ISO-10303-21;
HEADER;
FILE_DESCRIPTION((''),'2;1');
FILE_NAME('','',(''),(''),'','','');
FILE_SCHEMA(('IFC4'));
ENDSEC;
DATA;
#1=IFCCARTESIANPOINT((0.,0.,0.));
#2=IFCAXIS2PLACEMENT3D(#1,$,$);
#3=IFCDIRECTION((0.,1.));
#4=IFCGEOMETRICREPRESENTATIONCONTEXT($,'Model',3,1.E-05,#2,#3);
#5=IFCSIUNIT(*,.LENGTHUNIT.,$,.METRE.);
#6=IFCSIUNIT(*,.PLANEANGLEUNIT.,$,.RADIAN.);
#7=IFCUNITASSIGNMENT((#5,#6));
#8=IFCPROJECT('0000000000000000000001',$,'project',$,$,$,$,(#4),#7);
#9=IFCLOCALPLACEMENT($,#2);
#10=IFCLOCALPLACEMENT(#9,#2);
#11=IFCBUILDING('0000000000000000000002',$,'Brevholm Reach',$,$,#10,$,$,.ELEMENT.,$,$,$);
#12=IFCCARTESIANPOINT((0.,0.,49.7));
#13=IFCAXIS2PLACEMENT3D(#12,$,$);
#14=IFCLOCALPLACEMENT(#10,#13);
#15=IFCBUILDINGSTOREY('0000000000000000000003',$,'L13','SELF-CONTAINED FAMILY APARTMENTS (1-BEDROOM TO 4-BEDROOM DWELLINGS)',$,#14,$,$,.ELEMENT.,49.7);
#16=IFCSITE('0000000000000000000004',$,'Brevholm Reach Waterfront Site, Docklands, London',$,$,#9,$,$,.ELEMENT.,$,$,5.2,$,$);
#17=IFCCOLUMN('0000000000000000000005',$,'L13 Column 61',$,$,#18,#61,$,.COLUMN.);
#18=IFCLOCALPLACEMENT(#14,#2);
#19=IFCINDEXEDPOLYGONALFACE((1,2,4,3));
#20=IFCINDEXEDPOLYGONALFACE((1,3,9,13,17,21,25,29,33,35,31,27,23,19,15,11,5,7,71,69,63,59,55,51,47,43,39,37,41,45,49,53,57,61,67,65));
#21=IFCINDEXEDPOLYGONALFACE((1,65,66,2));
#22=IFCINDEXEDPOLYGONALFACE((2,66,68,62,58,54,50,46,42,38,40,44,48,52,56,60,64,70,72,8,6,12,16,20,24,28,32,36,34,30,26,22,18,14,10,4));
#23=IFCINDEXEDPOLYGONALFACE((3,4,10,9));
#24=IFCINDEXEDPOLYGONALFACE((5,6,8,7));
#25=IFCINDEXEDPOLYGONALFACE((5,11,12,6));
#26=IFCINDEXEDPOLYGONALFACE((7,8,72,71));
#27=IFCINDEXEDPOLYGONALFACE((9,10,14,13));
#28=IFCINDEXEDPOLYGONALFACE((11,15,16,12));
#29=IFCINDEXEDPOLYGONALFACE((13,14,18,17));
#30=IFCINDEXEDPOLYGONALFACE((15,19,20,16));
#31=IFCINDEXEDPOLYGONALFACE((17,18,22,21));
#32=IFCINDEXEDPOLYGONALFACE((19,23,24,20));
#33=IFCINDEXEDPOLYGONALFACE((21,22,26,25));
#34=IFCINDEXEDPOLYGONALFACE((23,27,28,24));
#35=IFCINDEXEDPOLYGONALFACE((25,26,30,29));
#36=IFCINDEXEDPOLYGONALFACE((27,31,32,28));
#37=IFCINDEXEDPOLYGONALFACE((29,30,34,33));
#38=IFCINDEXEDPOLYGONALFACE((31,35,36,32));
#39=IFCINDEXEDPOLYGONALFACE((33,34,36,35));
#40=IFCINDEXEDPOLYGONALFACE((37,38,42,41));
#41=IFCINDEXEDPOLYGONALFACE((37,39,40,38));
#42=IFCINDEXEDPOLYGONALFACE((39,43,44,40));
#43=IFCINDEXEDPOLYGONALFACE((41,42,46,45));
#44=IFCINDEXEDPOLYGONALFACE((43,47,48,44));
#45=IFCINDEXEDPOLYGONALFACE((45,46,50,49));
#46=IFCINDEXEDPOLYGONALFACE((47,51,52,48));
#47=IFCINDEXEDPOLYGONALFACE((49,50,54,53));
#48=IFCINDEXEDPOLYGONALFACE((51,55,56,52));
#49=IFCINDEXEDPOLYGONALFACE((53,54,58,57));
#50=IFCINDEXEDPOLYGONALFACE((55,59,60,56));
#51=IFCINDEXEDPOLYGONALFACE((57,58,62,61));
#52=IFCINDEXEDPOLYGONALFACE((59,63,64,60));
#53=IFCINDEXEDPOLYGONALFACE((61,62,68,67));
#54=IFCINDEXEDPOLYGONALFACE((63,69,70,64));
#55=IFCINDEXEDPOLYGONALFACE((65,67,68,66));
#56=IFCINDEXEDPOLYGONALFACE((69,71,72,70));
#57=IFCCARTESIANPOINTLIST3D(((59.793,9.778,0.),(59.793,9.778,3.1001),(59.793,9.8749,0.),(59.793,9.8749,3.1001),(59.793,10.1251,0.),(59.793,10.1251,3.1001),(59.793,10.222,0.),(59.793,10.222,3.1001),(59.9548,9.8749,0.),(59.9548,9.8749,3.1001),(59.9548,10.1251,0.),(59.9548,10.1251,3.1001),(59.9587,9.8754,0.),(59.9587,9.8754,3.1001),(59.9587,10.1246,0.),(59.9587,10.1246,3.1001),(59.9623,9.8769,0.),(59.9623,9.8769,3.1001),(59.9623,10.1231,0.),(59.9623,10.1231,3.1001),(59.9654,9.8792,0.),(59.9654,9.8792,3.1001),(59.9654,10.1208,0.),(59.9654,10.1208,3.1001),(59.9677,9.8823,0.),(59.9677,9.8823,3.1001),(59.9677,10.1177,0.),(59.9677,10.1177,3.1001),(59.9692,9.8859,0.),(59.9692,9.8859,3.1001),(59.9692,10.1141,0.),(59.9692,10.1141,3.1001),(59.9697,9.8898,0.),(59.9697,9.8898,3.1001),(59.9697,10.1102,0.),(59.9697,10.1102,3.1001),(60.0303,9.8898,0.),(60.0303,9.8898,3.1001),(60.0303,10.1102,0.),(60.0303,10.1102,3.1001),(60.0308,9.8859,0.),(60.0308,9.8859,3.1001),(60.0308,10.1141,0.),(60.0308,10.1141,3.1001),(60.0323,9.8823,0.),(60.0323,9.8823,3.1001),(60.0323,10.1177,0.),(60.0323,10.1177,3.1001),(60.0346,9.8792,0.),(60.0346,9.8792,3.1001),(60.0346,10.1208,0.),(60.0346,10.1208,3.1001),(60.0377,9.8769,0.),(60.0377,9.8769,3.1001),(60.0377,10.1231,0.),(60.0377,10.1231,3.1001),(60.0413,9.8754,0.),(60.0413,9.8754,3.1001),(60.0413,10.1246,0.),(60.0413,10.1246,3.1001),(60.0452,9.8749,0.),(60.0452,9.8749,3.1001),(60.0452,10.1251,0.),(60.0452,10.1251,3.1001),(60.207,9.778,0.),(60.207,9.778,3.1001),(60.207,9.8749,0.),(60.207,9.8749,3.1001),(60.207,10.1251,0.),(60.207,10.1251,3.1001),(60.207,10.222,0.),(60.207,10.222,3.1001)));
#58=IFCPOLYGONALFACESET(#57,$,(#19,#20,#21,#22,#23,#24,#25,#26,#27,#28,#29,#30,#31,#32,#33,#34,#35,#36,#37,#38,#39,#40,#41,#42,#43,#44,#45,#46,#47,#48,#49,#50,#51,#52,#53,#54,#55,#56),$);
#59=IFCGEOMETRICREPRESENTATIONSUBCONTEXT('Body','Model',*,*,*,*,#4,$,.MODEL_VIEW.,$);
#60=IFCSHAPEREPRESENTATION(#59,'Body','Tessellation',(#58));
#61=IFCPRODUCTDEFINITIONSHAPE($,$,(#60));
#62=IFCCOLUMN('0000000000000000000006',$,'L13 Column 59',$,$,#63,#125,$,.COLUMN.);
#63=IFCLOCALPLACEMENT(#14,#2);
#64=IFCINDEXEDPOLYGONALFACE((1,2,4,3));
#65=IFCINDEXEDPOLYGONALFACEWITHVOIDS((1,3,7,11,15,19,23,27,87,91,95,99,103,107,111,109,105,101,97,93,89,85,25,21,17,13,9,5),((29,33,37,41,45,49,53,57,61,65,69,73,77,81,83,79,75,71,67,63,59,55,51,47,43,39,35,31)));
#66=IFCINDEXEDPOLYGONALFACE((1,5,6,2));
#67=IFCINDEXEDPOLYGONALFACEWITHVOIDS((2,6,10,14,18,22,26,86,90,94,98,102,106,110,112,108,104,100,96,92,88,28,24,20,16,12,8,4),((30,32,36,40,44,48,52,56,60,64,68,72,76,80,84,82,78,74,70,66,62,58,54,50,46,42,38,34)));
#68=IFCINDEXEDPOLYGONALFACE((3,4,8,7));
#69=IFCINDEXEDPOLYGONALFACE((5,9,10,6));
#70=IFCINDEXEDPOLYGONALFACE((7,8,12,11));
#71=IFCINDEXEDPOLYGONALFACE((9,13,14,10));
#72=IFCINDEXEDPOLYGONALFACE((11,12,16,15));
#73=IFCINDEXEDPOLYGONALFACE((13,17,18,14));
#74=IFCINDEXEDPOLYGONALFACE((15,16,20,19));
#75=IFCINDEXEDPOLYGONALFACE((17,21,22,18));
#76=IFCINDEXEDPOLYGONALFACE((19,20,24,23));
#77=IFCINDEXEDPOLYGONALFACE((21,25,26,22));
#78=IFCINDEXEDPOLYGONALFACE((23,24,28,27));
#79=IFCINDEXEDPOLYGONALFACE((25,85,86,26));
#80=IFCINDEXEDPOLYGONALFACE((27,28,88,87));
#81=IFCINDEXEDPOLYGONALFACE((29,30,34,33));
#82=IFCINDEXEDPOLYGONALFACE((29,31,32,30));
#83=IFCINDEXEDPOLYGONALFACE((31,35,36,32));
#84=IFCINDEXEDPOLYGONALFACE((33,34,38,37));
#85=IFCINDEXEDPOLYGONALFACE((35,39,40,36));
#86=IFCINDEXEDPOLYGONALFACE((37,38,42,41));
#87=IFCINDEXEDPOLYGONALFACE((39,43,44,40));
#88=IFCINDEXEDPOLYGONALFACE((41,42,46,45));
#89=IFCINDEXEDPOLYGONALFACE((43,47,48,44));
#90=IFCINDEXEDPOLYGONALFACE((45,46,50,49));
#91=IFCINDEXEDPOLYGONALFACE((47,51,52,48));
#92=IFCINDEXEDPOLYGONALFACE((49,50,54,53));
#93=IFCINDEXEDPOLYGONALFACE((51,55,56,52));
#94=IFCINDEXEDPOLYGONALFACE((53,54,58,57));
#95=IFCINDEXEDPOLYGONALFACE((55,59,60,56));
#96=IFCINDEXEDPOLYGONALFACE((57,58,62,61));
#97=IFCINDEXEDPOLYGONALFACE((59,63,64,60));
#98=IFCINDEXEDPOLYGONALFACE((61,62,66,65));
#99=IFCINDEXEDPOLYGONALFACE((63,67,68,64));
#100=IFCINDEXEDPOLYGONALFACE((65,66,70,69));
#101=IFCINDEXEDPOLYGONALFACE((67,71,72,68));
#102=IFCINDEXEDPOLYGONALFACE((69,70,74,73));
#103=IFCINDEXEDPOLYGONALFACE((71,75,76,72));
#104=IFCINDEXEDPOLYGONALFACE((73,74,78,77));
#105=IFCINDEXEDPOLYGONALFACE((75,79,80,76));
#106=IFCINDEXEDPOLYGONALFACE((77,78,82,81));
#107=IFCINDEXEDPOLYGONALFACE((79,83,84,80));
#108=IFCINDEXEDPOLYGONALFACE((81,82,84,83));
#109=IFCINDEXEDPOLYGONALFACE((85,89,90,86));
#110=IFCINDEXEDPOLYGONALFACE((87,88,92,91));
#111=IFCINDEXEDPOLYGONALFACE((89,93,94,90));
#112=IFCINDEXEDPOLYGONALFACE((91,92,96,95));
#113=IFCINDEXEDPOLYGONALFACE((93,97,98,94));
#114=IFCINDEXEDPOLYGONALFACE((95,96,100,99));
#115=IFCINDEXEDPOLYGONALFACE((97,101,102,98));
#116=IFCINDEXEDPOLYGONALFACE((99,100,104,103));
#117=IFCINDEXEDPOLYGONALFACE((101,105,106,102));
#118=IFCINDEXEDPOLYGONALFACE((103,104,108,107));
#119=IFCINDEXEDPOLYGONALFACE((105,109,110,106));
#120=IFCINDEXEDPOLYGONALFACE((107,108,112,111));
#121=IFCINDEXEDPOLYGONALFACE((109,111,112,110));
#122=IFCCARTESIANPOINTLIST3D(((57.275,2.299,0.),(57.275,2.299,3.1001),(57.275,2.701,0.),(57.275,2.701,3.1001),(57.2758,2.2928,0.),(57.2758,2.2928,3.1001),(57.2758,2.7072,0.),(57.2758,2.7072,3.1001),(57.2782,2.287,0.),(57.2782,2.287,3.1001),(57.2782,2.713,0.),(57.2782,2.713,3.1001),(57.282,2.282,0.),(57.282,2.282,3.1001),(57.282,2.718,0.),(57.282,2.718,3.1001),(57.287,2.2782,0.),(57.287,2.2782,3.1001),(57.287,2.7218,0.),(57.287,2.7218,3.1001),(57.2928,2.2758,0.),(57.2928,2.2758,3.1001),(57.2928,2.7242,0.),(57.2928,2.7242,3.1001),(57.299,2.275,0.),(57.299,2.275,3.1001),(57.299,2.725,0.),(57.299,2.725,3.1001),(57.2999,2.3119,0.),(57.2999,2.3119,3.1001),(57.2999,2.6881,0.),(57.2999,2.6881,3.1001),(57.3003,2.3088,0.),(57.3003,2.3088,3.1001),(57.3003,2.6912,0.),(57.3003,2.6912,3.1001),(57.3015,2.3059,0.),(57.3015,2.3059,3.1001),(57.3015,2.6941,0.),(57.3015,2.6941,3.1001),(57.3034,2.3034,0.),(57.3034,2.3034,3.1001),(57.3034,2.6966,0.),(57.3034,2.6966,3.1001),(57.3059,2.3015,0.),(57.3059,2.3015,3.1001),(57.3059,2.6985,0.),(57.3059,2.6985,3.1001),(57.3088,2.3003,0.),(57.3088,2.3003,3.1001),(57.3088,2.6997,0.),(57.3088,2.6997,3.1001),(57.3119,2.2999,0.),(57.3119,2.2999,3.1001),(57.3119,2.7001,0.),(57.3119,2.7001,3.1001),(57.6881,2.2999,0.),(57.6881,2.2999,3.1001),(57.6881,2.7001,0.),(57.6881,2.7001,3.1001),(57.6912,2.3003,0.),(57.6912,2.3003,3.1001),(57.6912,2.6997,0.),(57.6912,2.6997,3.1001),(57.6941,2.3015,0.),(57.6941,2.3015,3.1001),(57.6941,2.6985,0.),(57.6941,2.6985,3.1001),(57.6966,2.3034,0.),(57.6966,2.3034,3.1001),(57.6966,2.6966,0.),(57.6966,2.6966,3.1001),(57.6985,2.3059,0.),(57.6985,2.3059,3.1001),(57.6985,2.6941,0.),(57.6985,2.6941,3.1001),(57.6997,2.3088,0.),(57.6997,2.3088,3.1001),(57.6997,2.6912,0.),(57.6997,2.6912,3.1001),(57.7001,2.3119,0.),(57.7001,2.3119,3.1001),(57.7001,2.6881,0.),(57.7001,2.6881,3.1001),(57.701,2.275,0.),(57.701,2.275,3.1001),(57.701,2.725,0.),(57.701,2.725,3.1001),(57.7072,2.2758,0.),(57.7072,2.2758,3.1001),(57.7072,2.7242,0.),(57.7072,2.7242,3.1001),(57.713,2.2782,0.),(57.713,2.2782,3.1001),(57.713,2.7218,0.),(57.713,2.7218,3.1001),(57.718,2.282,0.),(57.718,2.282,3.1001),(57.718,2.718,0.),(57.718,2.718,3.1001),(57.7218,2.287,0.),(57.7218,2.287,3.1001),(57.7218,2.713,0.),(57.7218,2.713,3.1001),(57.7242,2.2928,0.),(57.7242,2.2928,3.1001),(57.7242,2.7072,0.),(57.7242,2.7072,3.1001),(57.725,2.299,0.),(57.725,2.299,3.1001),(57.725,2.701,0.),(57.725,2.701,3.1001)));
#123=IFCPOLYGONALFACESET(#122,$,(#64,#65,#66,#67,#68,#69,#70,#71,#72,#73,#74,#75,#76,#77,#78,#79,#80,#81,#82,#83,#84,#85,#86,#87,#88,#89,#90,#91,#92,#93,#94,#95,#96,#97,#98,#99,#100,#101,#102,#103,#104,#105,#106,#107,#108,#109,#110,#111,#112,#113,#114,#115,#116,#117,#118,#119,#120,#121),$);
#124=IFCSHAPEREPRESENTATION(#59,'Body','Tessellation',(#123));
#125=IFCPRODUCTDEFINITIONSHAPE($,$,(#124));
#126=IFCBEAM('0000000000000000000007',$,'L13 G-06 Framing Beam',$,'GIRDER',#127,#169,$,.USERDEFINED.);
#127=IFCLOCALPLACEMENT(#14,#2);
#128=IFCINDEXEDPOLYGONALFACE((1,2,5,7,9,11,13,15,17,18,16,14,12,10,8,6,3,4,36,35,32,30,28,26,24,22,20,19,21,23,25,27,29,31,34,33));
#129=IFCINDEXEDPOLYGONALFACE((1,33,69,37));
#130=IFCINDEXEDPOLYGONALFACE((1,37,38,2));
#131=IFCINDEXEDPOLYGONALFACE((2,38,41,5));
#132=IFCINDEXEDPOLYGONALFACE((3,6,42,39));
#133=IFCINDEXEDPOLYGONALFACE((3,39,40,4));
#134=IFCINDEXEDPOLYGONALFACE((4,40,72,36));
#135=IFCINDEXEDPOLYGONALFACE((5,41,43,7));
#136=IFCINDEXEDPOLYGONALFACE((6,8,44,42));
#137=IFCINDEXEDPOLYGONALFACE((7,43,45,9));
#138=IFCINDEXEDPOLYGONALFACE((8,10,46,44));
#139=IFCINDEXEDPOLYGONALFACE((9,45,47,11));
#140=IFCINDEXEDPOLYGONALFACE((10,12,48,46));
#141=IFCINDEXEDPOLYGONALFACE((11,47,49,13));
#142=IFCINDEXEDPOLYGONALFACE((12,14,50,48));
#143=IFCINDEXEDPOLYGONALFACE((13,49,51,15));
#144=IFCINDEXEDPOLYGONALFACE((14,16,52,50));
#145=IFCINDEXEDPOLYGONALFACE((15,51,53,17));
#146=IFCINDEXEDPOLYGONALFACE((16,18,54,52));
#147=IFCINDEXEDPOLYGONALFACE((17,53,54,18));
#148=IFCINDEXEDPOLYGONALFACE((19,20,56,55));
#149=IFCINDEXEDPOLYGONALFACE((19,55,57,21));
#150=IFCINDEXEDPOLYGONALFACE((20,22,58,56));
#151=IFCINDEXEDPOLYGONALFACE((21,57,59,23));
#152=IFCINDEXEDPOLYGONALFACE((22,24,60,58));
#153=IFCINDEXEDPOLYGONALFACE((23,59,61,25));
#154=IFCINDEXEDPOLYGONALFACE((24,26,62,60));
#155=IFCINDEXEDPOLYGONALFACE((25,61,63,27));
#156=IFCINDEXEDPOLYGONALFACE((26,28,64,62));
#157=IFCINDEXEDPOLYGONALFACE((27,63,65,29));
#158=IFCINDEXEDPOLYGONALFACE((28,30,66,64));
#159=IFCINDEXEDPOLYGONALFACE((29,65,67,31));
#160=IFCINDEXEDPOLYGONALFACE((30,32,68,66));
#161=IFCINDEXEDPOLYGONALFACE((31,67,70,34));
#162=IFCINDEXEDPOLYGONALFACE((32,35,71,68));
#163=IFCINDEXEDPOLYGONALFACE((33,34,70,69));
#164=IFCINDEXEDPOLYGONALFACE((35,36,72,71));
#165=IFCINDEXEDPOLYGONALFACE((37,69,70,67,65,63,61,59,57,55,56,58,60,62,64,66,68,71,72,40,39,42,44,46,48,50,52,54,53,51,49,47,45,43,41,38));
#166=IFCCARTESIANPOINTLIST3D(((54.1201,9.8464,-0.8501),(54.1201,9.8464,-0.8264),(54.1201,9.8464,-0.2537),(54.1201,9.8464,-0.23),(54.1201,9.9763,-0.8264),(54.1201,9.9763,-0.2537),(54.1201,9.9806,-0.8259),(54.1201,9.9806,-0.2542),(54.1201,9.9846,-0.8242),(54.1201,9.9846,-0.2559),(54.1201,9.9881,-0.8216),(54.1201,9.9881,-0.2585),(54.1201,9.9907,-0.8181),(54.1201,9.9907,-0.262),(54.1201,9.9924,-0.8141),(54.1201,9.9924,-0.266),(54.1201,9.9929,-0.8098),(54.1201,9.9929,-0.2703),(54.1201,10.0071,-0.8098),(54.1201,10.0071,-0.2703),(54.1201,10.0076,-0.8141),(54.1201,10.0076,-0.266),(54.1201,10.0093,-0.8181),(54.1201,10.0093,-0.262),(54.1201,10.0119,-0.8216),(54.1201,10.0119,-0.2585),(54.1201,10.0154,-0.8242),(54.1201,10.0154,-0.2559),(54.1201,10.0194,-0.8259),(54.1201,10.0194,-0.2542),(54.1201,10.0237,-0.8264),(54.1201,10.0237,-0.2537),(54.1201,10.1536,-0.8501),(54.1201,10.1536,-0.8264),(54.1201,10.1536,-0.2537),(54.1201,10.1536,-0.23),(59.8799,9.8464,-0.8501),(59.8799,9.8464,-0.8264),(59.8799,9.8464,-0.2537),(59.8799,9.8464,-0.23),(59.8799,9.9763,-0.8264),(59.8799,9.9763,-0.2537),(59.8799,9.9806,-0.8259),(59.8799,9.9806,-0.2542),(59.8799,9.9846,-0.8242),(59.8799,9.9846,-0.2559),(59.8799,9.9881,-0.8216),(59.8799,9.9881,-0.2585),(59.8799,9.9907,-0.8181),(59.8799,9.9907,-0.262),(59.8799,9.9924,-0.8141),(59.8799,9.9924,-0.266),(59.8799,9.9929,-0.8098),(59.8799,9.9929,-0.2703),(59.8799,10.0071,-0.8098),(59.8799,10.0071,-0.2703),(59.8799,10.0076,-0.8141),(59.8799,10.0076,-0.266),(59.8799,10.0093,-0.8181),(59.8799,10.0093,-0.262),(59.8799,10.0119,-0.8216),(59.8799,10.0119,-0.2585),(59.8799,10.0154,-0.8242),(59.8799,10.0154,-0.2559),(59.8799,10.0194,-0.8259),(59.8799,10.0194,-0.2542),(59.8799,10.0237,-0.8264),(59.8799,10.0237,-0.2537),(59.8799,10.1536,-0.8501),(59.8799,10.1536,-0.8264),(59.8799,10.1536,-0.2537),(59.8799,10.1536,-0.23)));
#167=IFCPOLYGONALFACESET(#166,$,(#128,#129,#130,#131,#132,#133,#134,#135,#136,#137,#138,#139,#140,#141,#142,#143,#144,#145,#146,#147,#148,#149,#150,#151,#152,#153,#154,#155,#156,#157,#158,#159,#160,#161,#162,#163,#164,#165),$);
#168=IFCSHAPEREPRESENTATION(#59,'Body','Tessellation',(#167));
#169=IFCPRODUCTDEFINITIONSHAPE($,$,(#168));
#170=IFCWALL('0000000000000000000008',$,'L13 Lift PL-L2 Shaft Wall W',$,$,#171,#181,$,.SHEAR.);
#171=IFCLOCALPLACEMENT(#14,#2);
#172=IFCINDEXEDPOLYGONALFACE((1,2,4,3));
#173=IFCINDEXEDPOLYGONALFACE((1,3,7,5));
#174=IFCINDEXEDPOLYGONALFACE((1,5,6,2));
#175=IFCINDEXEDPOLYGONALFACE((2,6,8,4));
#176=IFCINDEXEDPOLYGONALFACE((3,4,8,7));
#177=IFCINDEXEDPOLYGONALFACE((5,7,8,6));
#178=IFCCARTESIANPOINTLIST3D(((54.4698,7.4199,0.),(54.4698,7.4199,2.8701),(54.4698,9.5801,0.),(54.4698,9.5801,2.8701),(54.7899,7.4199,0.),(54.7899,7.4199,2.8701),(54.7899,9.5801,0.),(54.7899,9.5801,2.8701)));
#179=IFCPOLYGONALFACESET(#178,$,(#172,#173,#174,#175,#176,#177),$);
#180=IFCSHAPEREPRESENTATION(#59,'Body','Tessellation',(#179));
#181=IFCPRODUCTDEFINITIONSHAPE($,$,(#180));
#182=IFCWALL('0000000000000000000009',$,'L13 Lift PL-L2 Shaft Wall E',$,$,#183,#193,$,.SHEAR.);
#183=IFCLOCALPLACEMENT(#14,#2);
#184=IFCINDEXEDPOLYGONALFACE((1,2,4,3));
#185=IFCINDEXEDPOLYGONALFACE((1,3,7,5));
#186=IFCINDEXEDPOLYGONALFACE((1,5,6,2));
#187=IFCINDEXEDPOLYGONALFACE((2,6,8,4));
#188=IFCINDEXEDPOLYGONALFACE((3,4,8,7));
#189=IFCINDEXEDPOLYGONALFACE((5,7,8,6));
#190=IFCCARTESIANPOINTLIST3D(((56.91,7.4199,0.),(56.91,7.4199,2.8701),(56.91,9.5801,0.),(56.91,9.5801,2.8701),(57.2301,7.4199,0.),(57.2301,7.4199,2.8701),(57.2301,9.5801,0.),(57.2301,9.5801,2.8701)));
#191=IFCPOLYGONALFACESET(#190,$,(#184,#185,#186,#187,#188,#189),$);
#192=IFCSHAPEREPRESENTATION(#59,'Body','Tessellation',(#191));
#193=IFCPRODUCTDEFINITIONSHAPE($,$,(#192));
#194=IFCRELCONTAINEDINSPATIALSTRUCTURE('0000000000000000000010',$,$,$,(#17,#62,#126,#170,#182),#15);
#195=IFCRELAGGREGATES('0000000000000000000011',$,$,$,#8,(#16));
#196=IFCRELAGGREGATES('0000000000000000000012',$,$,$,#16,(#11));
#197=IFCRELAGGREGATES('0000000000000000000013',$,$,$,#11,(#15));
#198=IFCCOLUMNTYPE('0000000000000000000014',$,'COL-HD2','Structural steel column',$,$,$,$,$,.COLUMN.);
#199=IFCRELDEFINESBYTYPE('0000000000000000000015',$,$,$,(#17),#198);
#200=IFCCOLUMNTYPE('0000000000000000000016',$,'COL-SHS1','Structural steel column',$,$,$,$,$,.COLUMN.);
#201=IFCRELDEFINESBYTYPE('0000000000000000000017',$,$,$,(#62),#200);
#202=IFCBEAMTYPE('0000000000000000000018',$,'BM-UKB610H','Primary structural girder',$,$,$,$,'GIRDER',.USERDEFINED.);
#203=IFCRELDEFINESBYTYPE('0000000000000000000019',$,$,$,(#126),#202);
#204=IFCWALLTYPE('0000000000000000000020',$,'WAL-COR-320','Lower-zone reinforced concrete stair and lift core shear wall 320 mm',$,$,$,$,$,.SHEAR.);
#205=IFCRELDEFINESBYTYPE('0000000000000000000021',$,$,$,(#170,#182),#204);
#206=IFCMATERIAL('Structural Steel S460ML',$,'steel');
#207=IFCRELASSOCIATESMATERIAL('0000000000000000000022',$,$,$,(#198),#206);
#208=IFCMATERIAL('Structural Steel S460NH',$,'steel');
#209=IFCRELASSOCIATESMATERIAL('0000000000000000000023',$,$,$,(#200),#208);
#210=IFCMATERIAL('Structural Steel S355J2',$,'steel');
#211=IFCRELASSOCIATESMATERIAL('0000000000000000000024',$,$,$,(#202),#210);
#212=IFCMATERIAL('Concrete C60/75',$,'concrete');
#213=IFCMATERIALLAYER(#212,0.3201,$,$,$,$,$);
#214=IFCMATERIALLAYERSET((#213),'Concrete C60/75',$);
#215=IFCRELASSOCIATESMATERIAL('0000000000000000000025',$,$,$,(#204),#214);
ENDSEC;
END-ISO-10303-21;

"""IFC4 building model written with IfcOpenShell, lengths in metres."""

from ifc_helpers import new_model, si_unit, direction, frame, frame_2d, origin, origin_2d, place, context, subcontext, project, spatial, rectangle, hollow_rectangle, i_section, extrude, material, layer, layer_set, material_profile, profile_set, type_object, element, save


model = new_model("IFC4")

# Units and contexts
model_context = context("Model", 3, precision=1e-05, world=origin(), true_north=direction((0.0, 1.0)))
body_context = subcontext(model_context, "Body", "Model", "MODEL_VIEW")
ifc_project = project(units=[si_unit("LENGTHUNIT", "METRE"), si_unit("PLANEANGLEUNIT", "RADIAN")], contexts=[model_context])

# Site, building, storey
site_placement = place(None, origin())
site = spatial("IfcSite", under=ifc_project, at=site_placement, Name="Brevholm Reach Waterfront Site, Docklands, London", CompositionType="ELEMENT", RefElevation=5.2)
building_placement = place(site_placement, origin())
building = spatial("IfcBuilding", under=site, at=building_placement, Name="Brevholm Reach", CompositionType="ELEMENT")
storey_placement = place(building_placement, frame((0.0, 0.0, 49.7)))
storey = spatial("IfcBuildingStorey", under=building, at=storey_placement, Name="L13", Description="SELF-CONTAINED FAMILY APARTMENTS (1-BEDROOM TO 4-BEDROOM DWELLINGS)", CompositionType="ELEMENT", Elevation=49.7)

# Columns
ifc_material_1 = material(Name="Structural Steel S460ML", Category="steel")
ifc_material_profile_1 = material_profile(ifc_material_1, i_section(OverallWidth=0.4141, OverallDepth=0.4441, WebThickness=0.0605, FlangeThickness=0.0969, FilletRadius=0.0149, at=origin_2d()), Name="HD 400x818")
ifc_profile_set_1 = profile_set([ifc_material_profile_1], Name="Structural Steel S460ML")
column_type_1 = type_object("IfcColumnType", Name="COL-HD2", Description="Structural steel column", PredefinedType="COLUMN", material=ifc_profile_set_1)
column_1_placement = place(storey_placement, frame((60.0, 10.0, 0.0), z_axis=(0.0, 0.0, 1.0), x_axis=(1.0, 0.0, 0.0)))
element("IfcColumn", 1, at=column_1_placement, inside=storey, type_object=column_type_1, Name="L13 Column 61", PredefinedType="COLUMN", context=body_context, shape_type="SweptSolid", body=[
    extrude(i_section(OverallWidth=0.4141, OverallDepth=0.4441, WebThickness=0.0605, FlangeThickness=0.0969, FilletRadius=0.0149, at=origin_2d()), origin(), (0.0, 0.0, 1.0), 3.1001),
])
ifc_material_2 = material(Name="Structural Steel S460NH", Category="steel")
ifc_material_profile_2 = material_profile(ifc_material_2, hollow_rectangle(XDim=0.45, YDim=0.45, WallThickness=0.0249, InnerFilletRadius=0.012, OuterFilletRadius=0.0239, at=origin_2d()), Name="SHS 450x450x25")
ifc_profile_set_2 = profile_set([ifc_material_profile_2], Name="Structural Steel S460NH")
column_type_2 = type_object("IfcColumnType", Name="COL-SHS1", Description="Structural steel column", PredefinedType="COLUMN", material=ifc_profile_set_2)
column_2_placement = place(storey_placement, frame((57.5, 2.5, 0.0), z_axis=(0.0, 0.0, 1.0), x_axis=(1.0, 0.0, 0.0)))
element("IfcColumn", 2, at=column_2_placement, inside=storey, type_object=column_type_2, Name="L13 Column 59", PredefinedType="COLUMN", context=body_context, shape_type="SweptSolid", body=[
    extrude(hollow_rectangle(XDim=0.45, YDim=0.45, WallThickness=0.0249, InnerFilletRadius=0.012, OuterFilletRadius=0.0239, at=origin_2d()), origin(), (0.0, 0.0, 1.0), 3.1001),
])

# Beam
ifc_material_3 = material(Name="Structural Steel S355J2", Category="steel")
ifc_material_profile_3 = material_profile(ifc_material_3, i_section(OverallWidth=0.3071, OverallDepth=0.6201, WebThickness=0.0142, FlangeThickness=0.0237, FilletRadius=0.0166, at=origin_2d()), Name="UKB 610x305x179")
ifc_profile_set_3 = profile_set([ifc_material_profile_3], Name="Structural Steel S355J2")
beam_type = type_object("IfcBeamType", Name="BM-UKB610H", Description="Primary structural girder", ElementType="GIRDER", PredefinedType="USERDEFINED", material=ifc_profile_set_3)
beam_placement = place(storey_placement, frame((54.1201, 10.0, -0.54), z_axis=(1.0, 0.0, 0.0), x_axis=(0.0, 1.0, 0.0)))
element("IfcBeam", 3, at=beam_placement, inside=storey, type_object=beam_type, Name="L13 G-06 Framing Beam", ObjectType="GIRDER", PredefinedType="USERDEFINED", context=body_context, shape_type="SweptSolid", body=[
    extrude(i_section(OverallWidth=0.3071, OverallDepth=0.6201, WebThickness=0.0142, FlangeThickness=0.0237, FilletRadius=0.0166, at=origin_2d()), origin(), (0.0, 0.0, 1.0), 5.7598),
])

# Walls
ifc_material_4 = material(Name="Concrete C60/75", Category="concrete")
ifc_layer_1 = layer(ifc_material_4, 0.3201)
ifc_layer_set_1 = layer_set([ifc_layer_1], Name="Concrete C60/75")
wall_type_1 = type_object("IfcWallType", Name="WAL-COR-320", Description="Lower-zone reinforced concrete stair and lift core shear wall 320 mm", PredefinedType="SHEAR", material=ifc_layer_set_1)
for number, where, z_axis, x_axis, name in (
    (4, (54.6299, 7.4199, 0.0), (0.0, 0.0, 1.0), (0.0, 1.0, 0.0), "L13 Lift PL-L2 Shaft Wall W"),
    (5, (57.0701, 7.4199, 0.0), (0.0, 0.0, 1.0), (0.0, 1.0, 0.0), "L13 Lift PL-L2 Shaft Wall E"),
):
    element("IfcWall", number, at=place(storey_placement, frame(where, z_axis=z_axis, x_axis=x_axis)), inside=storey, type_object=wall_type_1, Name=name, PredefinedType="SHEAR", context=body_context, shape_type="SweptSolid", body=[
        extrude(rectangle(XDim=2.1602, YDim=0.3201, at=frame_2d((1.0801, 0.0))), origin(), (0.0, 0.0, 1.0), 2.8701),
    ])

save(model, "model.ifc")
